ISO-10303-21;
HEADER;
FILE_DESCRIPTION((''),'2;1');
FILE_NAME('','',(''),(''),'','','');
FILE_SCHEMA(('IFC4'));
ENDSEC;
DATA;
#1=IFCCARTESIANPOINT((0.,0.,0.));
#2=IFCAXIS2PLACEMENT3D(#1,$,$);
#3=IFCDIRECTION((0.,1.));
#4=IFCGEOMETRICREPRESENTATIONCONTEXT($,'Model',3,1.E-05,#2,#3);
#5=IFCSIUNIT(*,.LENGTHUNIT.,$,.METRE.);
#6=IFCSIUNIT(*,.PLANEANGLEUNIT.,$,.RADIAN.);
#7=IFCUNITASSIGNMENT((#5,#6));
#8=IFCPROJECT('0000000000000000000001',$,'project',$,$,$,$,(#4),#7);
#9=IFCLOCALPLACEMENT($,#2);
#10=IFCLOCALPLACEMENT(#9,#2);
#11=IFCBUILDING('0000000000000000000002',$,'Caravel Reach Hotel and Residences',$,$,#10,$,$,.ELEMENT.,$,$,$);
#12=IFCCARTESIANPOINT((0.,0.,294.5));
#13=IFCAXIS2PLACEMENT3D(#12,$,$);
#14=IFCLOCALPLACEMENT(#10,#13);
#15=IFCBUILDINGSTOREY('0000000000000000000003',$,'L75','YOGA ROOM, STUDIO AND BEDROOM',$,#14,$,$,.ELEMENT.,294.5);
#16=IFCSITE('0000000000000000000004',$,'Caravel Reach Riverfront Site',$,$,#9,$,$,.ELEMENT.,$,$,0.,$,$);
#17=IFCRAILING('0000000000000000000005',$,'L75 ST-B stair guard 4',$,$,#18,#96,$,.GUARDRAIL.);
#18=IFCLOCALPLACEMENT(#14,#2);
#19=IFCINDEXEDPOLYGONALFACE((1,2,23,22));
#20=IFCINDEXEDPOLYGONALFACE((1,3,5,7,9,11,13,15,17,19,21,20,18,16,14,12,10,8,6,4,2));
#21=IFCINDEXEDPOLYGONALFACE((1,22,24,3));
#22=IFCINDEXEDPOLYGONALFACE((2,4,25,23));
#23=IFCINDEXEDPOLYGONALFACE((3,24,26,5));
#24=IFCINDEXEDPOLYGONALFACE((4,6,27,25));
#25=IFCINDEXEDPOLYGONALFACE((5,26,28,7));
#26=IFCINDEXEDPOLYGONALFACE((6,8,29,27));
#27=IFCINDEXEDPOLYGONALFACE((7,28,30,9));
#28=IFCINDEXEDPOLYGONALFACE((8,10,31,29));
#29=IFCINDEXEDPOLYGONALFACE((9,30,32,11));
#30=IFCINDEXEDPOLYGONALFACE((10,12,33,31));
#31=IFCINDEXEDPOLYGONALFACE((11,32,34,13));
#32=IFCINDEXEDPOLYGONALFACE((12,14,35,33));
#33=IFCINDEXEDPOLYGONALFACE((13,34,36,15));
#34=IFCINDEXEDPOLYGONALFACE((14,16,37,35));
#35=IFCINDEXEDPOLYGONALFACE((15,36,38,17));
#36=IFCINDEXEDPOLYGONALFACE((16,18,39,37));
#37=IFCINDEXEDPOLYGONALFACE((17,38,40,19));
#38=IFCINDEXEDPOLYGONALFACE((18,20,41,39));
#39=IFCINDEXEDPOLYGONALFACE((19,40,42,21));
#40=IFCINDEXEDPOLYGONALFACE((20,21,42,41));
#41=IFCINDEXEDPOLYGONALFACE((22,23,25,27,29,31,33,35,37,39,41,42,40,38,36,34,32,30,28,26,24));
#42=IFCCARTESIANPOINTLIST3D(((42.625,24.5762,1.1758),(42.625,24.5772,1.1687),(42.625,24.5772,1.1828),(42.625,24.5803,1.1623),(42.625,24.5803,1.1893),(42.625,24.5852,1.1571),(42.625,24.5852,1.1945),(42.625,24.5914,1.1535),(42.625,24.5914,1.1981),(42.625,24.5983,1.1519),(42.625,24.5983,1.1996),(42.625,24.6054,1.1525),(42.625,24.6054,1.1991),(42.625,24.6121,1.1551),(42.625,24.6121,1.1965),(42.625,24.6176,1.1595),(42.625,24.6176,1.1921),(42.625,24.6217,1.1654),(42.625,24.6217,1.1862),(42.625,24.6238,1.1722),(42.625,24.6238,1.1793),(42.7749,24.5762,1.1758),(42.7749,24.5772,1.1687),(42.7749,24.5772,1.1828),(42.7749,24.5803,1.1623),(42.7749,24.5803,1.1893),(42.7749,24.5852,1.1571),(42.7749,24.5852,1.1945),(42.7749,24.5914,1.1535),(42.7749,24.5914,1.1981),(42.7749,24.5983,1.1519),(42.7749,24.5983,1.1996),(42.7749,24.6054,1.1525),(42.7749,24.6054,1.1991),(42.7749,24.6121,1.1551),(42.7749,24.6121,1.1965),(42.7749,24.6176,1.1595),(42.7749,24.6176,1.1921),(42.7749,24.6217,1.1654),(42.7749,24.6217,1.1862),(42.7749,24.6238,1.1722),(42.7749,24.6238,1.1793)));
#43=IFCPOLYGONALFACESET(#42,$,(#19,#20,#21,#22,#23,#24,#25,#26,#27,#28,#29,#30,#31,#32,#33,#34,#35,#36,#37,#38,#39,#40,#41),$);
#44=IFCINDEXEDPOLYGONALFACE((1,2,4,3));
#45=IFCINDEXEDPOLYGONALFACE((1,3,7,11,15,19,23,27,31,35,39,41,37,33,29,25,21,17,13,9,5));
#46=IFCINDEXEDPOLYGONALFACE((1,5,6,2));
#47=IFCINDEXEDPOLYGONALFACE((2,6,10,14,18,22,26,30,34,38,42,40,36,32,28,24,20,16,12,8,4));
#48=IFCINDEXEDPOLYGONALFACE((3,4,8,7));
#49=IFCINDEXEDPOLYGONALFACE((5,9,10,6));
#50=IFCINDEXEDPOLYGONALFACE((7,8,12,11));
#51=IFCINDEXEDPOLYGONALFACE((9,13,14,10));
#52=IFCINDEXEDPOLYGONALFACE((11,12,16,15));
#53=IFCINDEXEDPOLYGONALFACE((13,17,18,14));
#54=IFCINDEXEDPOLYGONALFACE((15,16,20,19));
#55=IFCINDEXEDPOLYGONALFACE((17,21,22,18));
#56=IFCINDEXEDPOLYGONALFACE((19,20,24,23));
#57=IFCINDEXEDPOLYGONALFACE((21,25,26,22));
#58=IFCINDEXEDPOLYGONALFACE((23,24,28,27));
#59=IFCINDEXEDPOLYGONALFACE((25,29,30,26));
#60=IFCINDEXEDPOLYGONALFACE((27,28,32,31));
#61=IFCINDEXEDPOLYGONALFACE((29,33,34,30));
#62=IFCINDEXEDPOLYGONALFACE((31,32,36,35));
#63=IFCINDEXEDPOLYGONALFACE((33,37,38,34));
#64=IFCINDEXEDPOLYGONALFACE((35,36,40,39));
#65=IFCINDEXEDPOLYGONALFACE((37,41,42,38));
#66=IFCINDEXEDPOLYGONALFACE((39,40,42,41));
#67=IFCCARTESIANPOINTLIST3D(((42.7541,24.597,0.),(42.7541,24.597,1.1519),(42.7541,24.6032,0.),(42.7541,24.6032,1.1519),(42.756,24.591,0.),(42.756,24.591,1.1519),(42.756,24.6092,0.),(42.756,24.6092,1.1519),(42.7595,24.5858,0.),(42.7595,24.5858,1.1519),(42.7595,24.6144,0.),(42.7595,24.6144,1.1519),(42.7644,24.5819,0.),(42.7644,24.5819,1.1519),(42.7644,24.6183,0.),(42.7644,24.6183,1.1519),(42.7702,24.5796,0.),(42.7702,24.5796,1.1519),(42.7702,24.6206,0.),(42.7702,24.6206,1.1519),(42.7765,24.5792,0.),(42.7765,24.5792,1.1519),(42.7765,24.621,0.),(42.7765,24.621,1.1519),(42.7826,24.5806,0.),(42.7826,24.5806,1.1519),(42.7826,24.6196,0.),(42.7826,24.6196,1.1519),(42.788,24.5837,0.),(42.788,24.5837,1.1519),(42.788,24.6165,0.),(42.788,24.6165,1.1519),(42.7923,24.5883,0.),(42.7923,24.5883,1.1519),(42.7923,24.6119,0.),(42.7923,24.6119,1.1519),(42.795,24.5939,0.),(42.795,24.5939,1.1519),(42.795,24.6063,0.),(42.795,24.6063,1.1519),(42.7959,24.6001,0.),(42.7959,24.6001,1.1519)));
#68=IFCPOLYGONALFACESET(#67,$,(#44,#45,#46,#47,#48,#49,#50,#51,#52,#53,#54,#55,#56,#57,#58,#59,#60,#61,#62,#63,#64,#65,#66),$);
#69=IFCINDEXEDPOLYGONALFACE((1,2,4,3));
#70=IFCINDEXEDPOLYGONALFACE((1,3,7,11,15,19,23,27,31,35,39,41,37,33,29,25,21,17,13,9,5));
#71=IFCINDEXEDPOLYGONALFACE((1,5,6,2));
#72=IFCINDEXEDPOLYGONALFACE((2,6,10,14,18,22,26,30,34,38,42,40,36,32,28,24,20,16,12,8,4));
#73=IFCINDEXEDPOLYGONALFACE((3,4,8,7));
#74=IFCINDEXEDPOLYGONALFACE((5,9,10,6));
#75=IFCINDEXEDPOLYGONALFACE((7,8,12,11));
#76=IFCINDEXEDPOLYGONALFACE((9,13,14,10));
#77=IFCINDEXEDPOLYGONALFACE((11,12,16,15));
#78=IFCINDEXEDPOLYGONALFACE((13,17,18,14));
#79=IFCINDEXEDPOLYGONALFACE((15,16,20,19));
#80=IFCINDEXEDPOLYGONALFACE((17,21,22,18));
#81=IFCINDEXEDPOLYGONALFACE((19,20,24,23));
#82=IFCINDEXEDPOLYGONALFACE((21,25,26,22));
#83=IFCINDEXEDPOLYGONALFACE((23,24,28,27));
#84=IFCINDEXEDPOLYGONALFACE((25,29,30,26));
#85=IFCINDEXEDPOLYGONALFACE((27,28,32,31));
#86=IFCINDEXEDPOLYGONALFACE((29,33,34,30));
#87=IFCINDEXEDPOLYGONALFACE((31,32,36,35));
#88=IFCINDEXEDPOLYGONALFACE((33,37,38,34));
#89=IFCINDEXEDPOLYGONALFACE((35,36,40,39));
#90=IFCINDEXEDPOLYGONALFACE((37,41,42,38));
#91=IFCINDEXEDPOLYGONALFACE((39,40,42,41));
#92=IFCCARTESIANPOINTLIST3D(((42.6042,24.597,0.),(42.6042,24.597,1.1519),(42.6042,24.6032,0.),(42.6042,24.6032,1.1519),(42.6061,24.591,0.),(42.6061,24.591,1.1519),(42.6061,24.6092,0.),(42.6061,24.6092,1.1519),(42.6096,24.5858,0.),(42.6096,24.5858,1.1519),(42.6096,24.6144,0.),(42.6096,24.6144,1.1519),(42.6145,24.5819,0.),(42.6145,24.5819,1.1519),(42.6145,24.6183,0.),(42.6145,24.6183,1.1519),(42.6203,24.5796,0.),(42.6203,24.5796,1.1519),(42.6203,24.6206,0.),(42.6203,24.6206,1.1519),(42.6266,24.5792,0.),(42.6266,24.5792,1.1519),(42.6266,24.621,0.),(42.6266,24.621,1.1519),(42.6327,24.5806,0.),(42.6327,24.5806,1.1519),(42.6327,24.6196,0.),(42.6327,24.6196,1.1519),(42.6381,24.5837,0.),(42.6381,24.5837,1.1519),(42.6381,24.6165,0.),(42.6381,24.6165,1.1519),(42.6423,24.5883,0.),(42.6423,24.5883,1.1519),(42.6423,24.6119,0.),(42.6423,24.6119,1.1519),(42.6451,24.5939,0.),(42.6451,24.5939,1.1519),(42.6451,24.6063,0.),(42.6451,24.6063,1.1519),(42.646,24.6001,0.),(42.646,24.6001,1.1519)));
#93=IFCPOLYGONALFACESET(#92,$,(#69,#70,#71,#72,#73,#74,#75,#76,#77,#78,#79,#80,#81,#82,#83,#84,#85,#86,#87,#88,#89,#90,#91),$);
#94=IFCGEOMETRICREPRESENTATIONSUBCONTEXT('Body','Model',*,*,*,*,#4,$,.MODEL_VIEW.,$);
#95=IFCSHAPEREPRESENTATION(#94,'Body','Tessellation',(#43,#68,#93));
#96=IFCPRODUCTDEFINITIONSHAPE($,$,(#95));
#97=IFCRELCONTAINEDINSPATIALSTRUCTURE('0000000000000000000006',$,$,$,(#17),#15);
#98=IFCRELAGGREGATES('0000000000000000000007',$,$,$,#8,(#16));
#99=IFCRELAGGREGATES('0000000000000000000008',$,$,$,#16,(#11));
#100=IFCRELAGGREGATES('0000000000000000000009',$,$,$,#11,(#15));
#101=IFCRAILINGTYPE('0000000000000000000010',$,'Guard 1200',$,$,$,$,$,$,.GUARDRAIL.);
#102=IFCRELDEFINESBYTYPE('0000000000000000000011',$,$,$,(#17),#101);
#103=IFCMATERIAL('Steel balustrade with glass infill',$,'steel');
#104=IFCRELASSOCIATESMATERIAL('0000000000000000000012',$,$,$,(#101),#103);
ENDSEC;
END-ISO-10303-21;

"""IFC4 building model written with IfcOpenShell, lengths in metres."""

from ifc_helpers import new_model, si_unit, direction, frame, origin, origin_2d, place, context, subcontext, project, spatial, circle, extrude, material, type_object, element, save


model = new_model("IFC4")

# Units and contexts
model_context = context("Model", 3, precision=1e-05, world=origin(), true_north=direction((0.0, 1.0)))
body_context = subcontext(model_context, "Body", "Model", "MODEL_VIEW")
ifc_project = project(units=[si_unit("LENGTHUNIT", "METRE"), si_unit("PLANEANGLEUNIT", "RADIAN")], contexts=[model_context])

# Site, building, storey
site_placement = place(None, origin())
site = spatial("IfcSite", under=ifc_project, at=site_placement, Name="Caravel Reach Riverfront Site", CompositionType="ELEMENT", RefElevation=0.0)
building_placement = place(site_placement, origin())
building = spatial("IfcBuilding", under=site, at=building_placement, Name="Caravel Reach Hotel and Residences", CompositionType="ELEMENT")
storey_placement = place(building_placement, frame((0.0, 0.0, 294.5)))
storey = spatial("IfcBuildingStorey", under=building, at=storey_placement, Name="L75", Description="YOGA ROOM, STUDIO AND BEDROOM", CompositionType="ELEMENT", Elevation=294.5)

# Railing
ifc_material_1 = material(Name="Steel balustrade with glass infill", Category="steel")
railing_type = type_object("IfcRailingType", Name="Guard 1200", PredefinedType="GUARDRAIL", material=ifc_material_1)
railing_1_placement = place(storey_placement, frame((42.7749, 24.6001, 0.0)))
element("IfcRailing", 1, at=railing_1_placement, inside=storey, type_object=railing_type, Name="L75 ST-B stair guard 4", PredefinedType="GUARDRAIL", context=body_context, shape_type="SweptSolid", body=[
    extrude(circle(Radius=0.0239, at=origin_2d()), frame((0.0, 0.0, 1.1758), z_axis=(-1.0, 0.0, 0.0), x_axis=(0.0, -1.0, 0.0)), (0.0, 0.0, 1.0), 0.1499),
    extrude(circle(Radius=0.021, at=origin_2d()), origin(), (0.0, 0.0, 1.0), 1.1519),
    extrude(circle(Radius=0.021, at=origin_2d()), frame((-0.1499, 0.0, 0.0)), (0.0, 0.0, 1.0), 1.1519),
])

save(model, "model.ifc")
